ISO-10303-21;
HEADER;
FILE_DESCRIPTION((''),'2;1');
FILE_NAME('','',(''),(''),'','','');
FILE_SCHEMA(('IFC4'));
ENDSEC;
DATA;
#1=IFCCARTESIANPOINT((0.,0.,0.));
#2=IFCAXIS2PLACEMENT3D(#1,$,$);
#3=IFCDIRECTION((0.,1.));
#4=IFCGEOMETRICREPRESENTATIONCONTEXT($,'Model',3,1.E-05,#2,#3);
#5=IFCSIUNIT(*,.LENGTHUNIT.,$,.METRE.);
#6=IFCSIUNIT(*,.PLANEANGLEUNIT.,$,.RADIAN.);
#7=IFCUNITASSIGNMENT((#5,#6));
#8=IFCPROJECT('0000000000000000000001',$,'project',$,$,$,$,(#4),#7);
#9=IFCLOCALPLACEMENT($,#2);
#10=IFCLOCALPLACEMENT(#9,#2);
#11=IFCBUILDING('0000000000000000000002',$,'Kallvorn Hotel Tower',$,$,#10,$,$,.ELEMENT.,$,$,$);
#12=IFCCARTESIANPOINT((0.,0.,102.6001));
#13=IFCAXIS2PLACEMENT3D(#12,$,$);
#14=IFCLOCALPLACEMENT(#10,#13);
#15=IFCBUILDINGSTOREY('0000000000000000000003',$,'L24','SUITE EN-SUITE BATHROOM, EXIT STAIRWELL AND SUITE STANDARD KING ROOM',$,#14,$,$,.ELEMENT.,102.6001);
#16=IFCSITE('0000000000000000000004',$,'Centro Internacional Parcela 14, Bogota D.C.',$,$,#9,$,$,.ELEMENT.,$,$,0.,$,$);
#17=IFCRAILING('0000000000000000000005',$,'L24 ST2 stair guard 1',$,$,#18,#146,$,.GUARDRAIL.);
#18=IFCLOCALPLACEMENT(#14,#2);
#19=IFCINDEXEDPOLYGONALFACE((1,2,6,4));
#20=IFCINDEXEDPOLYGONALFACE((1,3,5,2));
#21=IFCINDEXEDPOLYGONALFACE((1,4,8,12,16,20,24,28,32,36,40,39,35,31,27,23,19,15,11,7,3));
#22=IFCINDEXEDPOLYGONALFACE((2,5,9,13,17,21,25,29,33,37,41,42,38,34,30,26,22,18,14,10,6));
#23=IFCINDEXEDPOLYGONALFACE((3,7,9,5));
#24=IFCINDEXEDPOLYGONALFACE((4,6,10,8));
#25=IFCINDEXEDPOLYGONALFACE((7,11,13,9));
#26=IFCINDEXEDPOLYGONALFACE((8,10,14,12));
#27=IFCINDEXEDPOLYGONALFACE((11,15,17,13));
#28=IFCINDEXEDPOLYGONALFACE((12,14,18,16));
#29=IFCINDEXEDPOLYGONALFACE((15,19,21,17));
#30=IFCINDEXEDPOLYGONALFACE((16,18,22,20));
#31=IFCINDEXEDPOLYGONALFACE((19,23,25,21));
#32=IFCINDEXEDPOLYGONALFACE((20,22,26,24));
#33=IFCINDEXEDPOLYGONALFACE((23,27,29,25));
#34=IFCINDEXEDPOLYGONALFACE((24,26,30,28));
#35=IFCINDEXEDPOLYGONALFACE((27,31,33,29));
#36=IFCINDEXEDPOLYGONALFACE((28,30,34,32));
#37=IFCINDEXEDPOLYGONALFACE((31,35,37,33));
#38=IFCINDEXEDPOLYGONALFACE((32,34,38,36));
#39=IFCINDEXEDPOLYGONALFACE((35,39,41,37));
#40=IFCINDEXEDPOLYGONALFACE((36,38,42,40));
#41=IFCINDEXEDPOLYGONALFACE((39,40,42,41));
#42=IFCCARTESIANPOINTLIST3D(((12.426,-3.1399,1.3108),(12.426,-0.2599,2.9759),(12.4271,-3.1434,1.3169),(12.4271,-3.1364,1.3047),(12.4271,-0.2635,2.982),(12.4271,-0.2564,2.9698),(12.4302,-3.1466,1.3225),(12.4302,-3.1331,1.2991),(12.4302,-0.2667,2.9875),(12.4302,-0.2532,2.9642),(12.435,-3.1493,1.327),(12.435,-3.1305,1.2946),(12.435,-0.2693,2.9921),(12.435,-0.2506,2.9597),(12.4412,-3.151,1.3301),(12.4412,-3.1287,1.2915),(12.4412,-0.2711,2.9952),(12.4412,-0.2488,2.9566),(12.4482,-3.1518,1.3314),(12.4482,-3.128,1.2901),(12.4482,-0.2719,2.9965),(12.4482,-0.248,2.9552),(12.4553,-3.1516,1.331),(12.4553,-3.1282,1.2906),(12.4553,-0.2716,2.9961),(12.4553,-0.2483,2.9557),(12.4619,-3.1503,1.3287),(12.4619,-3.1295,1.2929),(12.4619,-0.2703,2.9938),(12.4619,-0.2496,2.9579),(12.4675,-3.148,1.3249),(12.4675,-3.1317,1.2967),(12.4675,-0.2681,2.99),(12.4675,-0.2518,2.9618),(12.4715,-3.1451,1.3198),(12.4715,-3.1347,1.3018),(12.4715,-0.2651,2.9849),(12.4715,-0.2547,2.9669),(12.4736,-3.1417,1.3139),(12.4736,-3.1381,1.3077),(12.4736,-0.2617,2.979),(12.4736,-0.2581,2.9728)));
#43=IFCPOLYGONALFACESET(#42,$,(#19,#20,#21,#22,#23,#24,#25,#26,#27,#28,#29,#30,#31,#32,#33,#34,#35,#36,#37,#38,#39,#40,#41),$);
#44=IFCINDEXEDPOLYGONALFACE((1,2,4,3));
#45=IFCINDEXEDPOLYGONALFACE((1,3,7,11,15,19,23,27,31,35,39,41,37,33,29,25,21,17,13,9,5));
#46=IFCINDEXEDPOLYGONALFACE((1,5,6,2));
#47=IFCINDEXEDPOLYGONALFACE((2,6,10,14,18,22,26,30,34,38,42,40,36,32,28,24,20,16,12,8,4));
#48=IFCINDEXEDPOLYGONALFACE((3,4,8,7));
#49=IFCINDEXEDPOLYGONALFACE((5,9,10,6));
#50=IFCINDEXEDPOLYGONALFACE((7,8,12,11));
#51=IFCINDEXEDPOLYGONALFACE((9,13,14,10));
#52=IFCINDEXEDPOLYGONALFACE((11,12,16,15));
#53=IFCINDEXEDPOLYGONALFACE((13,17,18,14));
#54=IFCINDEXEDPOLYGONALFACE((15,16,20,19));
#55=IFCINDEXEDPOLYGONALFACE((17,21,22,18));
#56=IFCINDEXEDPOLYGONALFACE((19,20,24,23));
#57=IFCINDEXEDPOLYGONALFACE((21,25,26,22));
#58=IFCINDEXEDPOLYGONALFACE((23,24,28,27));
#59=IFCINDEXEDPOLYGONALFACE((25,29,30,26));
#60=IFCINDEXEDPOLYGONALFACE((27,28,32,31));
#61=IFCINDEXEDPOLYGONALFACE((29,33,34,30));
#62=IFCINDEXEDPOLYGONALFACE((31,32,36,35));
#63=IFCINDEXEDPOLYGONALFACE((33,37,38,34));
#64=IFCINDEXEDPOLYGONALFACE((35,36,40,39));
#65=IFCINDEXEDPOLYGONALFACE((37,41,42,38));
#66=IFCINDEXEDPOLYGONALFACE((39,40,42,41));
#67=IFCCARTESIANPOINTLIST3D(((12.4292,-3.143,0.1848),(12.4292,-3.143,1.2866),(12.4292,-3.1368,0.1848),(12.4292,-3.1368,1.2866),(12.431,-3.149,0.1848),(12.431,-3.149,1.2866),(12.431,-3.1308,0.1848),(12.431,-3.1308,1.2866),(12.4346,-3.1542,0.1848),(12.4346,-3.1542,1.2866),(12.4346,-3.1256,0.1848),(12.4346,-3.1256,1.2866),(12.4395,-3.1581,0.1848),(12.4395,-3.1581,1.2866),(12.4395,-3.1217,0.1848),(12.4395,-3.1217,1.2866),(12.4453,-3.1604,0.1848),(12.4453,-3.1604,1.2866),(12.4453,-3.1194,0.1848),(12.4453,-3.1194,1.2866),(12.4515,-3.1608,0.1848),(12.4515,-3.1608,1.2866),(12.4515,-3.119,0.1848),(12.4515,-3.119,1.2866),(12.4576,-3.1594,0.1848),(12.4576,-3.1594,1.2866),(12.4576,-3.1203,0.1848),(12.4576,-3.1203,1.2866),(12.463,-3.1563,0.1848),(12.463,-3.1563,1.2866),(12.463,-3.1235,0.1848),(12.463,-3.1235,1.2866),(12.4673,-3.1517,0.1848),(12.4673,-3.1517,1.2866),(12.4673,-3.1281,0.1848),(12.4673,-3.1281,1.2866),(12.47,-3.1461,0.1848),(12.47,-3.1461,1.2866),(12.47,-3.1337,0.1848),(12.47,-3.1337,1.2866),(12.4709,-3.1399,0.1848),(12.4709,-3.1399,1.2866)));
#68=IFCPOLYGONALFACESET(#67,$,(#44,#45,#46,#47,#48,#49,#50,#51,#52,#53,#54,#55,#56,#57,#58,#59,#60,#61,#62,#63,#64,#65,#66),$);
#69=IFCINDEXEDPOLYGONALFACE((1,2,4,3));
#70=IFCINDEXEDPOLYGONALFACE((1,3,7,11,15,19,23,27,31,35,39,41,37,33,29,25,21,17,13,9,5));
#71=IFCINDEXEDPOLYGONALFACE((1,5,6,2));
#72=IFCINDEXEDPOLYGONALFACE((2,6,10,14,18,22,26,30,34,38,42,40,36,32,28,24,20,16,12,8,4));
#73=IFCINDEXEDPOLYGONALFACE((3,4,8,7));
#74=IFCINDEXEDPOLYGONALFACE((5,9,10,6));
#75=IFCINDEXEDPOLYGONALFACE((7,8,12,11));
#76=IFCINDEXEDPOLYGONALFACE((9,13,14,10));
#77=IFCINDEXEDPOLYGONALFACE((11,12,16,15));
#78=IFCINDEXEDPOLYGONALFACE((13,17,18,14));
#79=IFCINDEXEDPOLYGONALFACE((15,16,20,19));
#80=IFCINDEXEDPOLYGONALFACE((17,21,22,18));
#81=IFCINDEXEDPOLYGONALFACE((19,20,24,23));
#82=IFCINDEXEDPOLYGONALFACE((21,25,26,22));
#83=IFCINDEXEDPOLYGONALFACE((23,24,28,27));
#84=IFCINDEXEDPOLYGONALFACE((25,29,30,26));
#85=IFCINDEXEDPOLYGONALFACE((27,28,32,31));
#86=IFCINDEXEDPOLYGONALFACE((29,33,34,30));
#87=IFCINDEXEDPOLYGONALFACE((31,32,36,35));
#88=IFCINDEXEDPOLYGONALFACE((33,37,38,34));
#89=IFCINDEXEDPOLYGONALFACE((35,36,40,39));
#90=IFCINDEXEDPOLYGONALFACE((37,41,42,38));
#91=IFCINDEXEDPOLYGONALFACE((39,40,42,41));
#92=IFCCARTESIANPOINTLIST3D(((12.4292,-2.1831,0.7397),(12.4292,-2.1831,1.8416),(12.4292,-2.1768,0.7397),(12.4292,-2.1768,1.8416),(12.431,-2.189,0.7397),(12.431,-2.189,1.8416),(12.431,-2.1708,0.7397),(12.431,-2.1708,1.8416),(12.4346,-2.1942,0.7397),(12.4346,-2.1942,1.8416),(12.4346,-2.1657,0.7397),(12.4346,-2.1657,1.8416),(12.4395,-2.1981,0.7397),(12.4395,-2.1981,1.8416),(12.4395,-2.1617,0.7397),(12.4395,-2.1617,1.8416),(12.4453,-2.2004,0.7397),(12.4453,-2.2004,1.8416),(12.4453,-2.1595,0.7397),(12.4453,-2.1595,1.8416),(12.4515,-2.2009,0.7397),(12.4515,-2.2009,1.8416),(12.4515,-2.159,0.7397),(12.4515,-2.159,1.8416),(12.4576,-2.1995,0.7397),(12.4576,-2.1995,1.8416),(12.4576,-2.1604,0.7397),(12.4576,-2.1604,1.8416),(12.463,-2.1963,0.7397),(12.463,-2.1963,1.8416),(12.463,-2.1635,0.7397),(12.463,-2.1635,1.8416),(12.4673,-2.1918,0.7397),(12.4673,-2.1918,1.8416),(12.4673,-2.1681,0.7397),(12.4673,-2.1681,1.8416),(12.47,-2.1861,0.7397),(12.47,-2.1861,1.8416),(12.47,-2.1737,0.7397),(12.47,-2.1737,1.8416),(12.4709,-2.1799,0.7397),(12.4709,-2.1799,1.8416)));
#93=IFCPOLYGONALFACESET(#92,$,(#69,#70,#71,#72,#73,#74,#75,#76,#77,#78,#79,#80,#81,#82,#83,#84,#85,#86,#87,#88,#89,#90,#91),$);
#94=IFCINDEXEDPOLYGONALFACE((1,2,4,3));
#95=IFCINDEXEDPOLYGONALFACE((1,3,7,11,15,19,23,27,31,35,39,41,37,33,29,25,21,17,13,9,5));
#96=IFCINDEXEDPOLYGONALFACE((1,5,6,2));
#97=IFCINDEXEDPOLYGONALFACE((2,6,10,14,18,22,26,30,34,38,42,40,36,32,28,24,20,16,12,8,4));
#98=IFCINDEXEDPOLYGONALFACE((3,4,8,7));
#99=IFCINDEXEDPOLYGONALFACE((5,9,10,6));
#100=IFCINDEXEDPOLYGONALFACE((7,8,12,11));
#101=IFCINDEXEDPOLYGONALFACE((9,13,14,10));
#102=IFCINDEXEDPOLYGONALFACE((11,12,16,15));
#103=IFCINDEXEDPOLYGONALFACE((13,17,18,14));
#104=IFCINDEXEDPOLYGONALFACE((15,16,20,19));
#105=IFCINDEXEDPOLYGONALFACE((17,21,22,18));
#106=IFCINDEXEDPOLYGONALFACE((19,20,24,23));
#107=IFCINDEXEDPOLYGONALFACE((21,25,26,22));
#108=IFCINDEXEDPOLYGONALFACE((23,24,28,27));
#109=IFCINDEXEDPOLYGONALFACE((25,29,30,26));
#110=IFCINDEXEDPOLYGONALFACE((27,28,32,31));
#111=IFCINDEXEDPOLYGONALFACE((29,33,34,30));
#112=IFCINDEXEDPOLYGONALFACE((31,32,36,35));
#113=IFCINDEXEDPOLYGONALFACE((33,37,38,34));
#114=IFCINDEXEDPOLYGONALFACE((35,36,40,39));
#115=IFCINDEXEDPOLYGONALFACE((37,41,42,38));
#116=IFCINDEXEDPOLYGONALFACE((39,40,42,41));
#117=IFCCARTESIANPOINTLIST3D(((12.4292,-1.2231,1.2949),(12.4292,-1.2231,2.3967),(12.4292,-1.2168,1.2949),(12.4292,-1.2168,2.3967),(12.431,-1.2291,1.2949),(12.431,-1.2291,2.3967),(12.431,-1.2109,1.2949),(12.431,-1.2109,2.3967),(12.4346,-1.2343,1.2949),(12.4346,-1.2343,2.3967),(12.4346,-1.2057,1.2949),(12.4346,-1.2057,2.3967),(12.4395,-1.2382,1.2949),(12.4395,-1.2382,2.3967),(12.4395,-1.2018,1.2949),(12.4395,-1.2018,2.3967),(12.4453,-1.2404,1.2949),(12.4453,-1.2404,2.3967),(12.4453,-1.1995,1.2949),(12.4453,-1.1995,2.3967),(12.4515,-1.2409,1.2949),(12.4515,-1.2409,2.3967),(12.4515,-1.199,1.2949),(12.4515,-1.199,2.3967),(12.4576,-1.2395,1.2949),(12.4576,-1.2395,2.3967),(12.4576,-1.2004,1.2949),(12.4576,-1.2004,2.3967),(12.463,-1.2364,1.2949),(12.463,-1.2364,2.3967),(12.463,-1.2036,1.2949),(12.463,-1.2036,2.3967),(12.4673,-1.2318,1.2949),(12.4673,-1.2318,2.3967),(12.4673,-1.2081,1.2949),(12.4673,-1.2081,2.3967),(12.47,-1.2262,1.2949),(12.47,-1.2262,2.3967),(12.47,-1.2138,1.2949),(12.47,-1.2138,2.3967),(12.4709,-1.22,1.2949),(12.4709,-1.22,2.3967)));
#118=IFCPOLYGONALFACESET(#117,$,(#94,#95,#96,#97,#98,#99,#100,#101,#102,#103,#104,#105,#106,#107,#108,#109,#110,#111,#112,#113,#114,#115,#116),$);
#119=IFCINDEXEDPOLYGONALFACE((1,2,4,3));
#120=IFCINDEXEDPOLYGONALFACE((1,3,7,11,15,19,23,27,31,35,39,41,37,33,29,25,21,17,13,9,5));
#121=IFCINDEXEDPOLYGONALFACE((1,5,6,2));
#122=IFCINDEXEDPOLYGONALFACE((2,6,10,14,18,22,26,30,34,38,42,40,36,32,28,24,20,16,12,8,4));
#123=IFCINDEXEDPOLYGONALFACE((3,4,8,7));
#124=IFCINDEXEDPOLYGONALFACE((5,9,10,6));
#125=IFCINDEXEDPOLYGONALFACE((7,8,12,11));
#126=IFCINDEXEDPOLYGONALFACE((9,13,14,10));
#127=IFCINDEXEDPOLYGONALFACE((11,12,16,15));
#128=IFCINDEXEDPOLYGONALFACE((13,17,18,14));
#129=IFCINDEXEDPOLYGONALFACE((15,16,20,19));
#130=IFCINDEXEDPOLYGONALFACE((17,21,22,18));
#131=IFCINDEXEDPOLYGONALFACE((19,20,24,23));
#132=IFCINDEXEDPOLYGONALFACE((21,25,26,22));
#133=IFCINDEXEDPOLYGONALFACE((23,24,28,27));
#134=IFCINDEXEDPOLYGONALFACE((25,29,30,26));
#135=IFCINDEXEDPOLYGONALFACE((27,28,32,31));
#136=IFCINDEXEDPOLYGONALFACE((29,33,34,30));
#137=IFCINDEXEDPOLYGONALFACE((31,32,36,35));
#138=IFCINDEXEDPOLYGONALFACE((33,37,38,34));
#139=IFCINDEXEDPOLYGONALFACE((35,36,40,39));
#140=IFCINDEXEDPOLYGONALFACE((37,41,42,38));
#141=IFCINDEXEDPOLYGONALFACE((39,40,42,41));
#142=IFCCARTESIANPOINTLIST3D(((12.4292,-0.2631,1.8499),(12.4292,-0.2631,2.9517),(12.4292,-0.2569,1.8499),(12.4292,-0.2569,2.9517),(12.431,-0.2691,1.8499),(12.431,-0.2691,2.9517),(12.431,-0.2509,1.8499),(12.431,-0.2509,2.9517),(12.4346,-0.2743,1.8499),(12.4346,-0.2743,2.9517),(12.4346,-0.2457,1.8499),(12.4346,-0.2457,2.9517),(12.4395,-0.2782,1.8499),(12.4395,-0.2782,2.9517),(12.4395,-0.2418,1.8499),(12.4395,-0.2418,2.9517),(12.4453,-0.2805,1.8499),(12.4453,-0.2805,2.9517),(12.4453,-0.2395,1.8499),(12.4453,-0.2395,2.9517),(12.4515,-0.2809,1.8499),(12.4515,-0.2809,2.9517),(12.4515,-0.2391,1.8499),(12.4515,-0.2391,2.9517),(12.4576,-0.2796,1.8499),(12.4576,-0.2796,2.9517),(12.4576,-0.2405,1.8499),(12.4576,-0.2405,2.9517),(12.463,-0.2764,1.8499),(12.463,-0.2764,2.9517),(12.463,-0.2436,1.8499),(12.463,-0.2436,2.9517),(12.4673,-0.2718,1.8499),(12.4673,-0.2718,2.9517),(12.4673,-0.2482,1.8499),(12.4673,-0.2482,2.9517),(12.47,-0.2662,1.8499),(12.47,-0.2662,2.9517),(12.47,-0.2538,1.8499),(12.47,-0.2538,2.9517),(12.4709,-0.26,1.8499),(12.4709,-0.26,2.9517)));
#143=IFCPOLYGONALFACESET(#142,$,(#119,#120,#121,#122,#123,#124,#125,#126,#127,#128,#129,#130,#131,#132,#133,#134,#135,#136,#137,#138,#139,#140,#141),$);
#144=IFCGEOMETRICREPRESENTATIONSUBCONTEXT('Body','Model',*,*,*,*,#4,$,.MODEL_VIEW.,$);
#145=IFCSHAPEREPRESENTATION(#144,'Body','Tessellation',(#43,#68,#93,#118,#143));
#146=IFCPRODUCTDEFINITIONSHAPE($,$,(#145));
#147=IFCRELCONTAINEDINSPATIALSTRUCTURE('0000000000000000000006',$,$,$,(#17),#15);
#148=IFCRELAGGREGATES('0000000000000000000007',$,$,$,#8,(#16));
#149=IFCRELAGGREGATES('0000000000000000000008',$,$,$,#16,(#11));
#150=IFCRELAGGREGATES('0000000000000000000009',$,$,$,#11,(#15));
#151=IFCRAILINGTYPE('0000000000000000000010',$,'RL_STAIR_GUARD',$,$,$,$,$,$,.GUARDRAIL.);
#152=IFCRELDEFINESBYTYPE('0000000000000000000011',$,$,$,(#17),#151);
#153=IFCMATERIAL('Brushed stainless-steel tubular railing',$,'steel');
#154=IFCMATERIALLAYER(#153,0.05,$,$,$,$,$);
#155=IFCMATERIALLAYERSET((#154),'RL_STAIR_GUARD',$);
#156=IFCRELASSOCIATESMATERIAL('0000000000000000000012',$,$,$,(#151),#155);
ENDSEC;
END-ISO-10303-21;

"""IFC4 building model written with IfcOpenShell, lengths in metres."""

from ifc_helpers import new_model, si_unit, direction, frame, origin, origin_2d, place, context, subcontext, project, spatial, circle, extrude, material, layer, layer_set, type_object, element, save


model = new_model("IFC4")

# Units and contexts
model_context = context("Model", 3, precision=1e-05, world=origin(), true_north=direction((0.0, 1.0)))
body_context = subcontext(model_context, "Body", "Model", "MODEL_VIEW")
ifc_project = project(units=[si_unit("LENGTHUNIT", "METRE"), si_unit("PLANEANGLEUNIT", "RADIAN")], contexts=[model_context])

# Site, building, storey
site_placement = place(None, origin())
site = spatial("IfcSite", under=ifc_project, at=site_placement, Name="Centro Internacional Parcela 14, Bogota D.C.", CompositionType="ELEMENT", RefElevation=0.0)
building_placement = place(site_placement, origin())
building = spatial("IfcBuilding", under=site, at=building_placement, Name="Kallvorn Hotel Tower", CompositionType="ELEMENT")
storey_placement = place(building_placement, frame((0.0, 0.0, 102.6001)))
storey = spatial("IfcBuildingStorey", under=building, at=storey_placement, Name="L24", Description="SUITE EN-SUITE BATHROOM, EXIT STAIRWELL AND SUITE STANDARD KING ROOM", CompositionType="ELEMENT", Elevation=102.6001)

# Railing
ifc_material_1 = material(Name="Brushed stainless-steel tubular railing", Category="steel")
ifc_layer_1 = layer(ifc_material_1, 0.05)
ifc_layer_set_1 = layer_set([ifc_layer_1], Name="RL_STAIR_GUARD")
railing_type_1 = type_object("IfcRailingType", Name="RL_STAIR_GUARD", PredefinedType="GUARDRAIL", material=ifc_layer_set_1)
railing_1_placement = place(storey_placement, frame((12.45, -3.1399, 0.1848)))
element("IfcRailing", 1, at=railing_1_placement, inside=storey, type_object=railing_type_1, Name="L24 ST2 stair guard 1", PredefinedType="GUARDRAIL", context=body_context, shape_type="SweptSolid", body=[
    extrude(circle(Radius=0.0239, at=origin_2d()), frame((0.0, 0.0, 1.126), z_axis=(0.0, 0.865721, 0.500527), x_axis=(-1.0, 0.0, 0.0)), (0.0, 0.0, 1.0), 3.3267),
    extrude(circle(Radius=0.021, at=origin_2d()), origin(), (0.0, 0.0, 1.0), 1.1018),
    extrude(circle(Radius=0.021, at=origin_2d()), frame((0.0, 0.96, 0.5549)), (0.0, 0.0, 1.0), 1.1018),
    extrude(circle(Radius=0.021, at=origin_2d()), frame((0.0, 1.9199, 1.1101)), (0.0, 0.0, 1.0), 1.1018),
    extrude(circle(Radius=0.021, at=origin_2d()), frame((0.0, 2.8799, 1.665)), (0.0, 0.0, 1.0), 1.1018),
])

save(model, "model.ifc")
